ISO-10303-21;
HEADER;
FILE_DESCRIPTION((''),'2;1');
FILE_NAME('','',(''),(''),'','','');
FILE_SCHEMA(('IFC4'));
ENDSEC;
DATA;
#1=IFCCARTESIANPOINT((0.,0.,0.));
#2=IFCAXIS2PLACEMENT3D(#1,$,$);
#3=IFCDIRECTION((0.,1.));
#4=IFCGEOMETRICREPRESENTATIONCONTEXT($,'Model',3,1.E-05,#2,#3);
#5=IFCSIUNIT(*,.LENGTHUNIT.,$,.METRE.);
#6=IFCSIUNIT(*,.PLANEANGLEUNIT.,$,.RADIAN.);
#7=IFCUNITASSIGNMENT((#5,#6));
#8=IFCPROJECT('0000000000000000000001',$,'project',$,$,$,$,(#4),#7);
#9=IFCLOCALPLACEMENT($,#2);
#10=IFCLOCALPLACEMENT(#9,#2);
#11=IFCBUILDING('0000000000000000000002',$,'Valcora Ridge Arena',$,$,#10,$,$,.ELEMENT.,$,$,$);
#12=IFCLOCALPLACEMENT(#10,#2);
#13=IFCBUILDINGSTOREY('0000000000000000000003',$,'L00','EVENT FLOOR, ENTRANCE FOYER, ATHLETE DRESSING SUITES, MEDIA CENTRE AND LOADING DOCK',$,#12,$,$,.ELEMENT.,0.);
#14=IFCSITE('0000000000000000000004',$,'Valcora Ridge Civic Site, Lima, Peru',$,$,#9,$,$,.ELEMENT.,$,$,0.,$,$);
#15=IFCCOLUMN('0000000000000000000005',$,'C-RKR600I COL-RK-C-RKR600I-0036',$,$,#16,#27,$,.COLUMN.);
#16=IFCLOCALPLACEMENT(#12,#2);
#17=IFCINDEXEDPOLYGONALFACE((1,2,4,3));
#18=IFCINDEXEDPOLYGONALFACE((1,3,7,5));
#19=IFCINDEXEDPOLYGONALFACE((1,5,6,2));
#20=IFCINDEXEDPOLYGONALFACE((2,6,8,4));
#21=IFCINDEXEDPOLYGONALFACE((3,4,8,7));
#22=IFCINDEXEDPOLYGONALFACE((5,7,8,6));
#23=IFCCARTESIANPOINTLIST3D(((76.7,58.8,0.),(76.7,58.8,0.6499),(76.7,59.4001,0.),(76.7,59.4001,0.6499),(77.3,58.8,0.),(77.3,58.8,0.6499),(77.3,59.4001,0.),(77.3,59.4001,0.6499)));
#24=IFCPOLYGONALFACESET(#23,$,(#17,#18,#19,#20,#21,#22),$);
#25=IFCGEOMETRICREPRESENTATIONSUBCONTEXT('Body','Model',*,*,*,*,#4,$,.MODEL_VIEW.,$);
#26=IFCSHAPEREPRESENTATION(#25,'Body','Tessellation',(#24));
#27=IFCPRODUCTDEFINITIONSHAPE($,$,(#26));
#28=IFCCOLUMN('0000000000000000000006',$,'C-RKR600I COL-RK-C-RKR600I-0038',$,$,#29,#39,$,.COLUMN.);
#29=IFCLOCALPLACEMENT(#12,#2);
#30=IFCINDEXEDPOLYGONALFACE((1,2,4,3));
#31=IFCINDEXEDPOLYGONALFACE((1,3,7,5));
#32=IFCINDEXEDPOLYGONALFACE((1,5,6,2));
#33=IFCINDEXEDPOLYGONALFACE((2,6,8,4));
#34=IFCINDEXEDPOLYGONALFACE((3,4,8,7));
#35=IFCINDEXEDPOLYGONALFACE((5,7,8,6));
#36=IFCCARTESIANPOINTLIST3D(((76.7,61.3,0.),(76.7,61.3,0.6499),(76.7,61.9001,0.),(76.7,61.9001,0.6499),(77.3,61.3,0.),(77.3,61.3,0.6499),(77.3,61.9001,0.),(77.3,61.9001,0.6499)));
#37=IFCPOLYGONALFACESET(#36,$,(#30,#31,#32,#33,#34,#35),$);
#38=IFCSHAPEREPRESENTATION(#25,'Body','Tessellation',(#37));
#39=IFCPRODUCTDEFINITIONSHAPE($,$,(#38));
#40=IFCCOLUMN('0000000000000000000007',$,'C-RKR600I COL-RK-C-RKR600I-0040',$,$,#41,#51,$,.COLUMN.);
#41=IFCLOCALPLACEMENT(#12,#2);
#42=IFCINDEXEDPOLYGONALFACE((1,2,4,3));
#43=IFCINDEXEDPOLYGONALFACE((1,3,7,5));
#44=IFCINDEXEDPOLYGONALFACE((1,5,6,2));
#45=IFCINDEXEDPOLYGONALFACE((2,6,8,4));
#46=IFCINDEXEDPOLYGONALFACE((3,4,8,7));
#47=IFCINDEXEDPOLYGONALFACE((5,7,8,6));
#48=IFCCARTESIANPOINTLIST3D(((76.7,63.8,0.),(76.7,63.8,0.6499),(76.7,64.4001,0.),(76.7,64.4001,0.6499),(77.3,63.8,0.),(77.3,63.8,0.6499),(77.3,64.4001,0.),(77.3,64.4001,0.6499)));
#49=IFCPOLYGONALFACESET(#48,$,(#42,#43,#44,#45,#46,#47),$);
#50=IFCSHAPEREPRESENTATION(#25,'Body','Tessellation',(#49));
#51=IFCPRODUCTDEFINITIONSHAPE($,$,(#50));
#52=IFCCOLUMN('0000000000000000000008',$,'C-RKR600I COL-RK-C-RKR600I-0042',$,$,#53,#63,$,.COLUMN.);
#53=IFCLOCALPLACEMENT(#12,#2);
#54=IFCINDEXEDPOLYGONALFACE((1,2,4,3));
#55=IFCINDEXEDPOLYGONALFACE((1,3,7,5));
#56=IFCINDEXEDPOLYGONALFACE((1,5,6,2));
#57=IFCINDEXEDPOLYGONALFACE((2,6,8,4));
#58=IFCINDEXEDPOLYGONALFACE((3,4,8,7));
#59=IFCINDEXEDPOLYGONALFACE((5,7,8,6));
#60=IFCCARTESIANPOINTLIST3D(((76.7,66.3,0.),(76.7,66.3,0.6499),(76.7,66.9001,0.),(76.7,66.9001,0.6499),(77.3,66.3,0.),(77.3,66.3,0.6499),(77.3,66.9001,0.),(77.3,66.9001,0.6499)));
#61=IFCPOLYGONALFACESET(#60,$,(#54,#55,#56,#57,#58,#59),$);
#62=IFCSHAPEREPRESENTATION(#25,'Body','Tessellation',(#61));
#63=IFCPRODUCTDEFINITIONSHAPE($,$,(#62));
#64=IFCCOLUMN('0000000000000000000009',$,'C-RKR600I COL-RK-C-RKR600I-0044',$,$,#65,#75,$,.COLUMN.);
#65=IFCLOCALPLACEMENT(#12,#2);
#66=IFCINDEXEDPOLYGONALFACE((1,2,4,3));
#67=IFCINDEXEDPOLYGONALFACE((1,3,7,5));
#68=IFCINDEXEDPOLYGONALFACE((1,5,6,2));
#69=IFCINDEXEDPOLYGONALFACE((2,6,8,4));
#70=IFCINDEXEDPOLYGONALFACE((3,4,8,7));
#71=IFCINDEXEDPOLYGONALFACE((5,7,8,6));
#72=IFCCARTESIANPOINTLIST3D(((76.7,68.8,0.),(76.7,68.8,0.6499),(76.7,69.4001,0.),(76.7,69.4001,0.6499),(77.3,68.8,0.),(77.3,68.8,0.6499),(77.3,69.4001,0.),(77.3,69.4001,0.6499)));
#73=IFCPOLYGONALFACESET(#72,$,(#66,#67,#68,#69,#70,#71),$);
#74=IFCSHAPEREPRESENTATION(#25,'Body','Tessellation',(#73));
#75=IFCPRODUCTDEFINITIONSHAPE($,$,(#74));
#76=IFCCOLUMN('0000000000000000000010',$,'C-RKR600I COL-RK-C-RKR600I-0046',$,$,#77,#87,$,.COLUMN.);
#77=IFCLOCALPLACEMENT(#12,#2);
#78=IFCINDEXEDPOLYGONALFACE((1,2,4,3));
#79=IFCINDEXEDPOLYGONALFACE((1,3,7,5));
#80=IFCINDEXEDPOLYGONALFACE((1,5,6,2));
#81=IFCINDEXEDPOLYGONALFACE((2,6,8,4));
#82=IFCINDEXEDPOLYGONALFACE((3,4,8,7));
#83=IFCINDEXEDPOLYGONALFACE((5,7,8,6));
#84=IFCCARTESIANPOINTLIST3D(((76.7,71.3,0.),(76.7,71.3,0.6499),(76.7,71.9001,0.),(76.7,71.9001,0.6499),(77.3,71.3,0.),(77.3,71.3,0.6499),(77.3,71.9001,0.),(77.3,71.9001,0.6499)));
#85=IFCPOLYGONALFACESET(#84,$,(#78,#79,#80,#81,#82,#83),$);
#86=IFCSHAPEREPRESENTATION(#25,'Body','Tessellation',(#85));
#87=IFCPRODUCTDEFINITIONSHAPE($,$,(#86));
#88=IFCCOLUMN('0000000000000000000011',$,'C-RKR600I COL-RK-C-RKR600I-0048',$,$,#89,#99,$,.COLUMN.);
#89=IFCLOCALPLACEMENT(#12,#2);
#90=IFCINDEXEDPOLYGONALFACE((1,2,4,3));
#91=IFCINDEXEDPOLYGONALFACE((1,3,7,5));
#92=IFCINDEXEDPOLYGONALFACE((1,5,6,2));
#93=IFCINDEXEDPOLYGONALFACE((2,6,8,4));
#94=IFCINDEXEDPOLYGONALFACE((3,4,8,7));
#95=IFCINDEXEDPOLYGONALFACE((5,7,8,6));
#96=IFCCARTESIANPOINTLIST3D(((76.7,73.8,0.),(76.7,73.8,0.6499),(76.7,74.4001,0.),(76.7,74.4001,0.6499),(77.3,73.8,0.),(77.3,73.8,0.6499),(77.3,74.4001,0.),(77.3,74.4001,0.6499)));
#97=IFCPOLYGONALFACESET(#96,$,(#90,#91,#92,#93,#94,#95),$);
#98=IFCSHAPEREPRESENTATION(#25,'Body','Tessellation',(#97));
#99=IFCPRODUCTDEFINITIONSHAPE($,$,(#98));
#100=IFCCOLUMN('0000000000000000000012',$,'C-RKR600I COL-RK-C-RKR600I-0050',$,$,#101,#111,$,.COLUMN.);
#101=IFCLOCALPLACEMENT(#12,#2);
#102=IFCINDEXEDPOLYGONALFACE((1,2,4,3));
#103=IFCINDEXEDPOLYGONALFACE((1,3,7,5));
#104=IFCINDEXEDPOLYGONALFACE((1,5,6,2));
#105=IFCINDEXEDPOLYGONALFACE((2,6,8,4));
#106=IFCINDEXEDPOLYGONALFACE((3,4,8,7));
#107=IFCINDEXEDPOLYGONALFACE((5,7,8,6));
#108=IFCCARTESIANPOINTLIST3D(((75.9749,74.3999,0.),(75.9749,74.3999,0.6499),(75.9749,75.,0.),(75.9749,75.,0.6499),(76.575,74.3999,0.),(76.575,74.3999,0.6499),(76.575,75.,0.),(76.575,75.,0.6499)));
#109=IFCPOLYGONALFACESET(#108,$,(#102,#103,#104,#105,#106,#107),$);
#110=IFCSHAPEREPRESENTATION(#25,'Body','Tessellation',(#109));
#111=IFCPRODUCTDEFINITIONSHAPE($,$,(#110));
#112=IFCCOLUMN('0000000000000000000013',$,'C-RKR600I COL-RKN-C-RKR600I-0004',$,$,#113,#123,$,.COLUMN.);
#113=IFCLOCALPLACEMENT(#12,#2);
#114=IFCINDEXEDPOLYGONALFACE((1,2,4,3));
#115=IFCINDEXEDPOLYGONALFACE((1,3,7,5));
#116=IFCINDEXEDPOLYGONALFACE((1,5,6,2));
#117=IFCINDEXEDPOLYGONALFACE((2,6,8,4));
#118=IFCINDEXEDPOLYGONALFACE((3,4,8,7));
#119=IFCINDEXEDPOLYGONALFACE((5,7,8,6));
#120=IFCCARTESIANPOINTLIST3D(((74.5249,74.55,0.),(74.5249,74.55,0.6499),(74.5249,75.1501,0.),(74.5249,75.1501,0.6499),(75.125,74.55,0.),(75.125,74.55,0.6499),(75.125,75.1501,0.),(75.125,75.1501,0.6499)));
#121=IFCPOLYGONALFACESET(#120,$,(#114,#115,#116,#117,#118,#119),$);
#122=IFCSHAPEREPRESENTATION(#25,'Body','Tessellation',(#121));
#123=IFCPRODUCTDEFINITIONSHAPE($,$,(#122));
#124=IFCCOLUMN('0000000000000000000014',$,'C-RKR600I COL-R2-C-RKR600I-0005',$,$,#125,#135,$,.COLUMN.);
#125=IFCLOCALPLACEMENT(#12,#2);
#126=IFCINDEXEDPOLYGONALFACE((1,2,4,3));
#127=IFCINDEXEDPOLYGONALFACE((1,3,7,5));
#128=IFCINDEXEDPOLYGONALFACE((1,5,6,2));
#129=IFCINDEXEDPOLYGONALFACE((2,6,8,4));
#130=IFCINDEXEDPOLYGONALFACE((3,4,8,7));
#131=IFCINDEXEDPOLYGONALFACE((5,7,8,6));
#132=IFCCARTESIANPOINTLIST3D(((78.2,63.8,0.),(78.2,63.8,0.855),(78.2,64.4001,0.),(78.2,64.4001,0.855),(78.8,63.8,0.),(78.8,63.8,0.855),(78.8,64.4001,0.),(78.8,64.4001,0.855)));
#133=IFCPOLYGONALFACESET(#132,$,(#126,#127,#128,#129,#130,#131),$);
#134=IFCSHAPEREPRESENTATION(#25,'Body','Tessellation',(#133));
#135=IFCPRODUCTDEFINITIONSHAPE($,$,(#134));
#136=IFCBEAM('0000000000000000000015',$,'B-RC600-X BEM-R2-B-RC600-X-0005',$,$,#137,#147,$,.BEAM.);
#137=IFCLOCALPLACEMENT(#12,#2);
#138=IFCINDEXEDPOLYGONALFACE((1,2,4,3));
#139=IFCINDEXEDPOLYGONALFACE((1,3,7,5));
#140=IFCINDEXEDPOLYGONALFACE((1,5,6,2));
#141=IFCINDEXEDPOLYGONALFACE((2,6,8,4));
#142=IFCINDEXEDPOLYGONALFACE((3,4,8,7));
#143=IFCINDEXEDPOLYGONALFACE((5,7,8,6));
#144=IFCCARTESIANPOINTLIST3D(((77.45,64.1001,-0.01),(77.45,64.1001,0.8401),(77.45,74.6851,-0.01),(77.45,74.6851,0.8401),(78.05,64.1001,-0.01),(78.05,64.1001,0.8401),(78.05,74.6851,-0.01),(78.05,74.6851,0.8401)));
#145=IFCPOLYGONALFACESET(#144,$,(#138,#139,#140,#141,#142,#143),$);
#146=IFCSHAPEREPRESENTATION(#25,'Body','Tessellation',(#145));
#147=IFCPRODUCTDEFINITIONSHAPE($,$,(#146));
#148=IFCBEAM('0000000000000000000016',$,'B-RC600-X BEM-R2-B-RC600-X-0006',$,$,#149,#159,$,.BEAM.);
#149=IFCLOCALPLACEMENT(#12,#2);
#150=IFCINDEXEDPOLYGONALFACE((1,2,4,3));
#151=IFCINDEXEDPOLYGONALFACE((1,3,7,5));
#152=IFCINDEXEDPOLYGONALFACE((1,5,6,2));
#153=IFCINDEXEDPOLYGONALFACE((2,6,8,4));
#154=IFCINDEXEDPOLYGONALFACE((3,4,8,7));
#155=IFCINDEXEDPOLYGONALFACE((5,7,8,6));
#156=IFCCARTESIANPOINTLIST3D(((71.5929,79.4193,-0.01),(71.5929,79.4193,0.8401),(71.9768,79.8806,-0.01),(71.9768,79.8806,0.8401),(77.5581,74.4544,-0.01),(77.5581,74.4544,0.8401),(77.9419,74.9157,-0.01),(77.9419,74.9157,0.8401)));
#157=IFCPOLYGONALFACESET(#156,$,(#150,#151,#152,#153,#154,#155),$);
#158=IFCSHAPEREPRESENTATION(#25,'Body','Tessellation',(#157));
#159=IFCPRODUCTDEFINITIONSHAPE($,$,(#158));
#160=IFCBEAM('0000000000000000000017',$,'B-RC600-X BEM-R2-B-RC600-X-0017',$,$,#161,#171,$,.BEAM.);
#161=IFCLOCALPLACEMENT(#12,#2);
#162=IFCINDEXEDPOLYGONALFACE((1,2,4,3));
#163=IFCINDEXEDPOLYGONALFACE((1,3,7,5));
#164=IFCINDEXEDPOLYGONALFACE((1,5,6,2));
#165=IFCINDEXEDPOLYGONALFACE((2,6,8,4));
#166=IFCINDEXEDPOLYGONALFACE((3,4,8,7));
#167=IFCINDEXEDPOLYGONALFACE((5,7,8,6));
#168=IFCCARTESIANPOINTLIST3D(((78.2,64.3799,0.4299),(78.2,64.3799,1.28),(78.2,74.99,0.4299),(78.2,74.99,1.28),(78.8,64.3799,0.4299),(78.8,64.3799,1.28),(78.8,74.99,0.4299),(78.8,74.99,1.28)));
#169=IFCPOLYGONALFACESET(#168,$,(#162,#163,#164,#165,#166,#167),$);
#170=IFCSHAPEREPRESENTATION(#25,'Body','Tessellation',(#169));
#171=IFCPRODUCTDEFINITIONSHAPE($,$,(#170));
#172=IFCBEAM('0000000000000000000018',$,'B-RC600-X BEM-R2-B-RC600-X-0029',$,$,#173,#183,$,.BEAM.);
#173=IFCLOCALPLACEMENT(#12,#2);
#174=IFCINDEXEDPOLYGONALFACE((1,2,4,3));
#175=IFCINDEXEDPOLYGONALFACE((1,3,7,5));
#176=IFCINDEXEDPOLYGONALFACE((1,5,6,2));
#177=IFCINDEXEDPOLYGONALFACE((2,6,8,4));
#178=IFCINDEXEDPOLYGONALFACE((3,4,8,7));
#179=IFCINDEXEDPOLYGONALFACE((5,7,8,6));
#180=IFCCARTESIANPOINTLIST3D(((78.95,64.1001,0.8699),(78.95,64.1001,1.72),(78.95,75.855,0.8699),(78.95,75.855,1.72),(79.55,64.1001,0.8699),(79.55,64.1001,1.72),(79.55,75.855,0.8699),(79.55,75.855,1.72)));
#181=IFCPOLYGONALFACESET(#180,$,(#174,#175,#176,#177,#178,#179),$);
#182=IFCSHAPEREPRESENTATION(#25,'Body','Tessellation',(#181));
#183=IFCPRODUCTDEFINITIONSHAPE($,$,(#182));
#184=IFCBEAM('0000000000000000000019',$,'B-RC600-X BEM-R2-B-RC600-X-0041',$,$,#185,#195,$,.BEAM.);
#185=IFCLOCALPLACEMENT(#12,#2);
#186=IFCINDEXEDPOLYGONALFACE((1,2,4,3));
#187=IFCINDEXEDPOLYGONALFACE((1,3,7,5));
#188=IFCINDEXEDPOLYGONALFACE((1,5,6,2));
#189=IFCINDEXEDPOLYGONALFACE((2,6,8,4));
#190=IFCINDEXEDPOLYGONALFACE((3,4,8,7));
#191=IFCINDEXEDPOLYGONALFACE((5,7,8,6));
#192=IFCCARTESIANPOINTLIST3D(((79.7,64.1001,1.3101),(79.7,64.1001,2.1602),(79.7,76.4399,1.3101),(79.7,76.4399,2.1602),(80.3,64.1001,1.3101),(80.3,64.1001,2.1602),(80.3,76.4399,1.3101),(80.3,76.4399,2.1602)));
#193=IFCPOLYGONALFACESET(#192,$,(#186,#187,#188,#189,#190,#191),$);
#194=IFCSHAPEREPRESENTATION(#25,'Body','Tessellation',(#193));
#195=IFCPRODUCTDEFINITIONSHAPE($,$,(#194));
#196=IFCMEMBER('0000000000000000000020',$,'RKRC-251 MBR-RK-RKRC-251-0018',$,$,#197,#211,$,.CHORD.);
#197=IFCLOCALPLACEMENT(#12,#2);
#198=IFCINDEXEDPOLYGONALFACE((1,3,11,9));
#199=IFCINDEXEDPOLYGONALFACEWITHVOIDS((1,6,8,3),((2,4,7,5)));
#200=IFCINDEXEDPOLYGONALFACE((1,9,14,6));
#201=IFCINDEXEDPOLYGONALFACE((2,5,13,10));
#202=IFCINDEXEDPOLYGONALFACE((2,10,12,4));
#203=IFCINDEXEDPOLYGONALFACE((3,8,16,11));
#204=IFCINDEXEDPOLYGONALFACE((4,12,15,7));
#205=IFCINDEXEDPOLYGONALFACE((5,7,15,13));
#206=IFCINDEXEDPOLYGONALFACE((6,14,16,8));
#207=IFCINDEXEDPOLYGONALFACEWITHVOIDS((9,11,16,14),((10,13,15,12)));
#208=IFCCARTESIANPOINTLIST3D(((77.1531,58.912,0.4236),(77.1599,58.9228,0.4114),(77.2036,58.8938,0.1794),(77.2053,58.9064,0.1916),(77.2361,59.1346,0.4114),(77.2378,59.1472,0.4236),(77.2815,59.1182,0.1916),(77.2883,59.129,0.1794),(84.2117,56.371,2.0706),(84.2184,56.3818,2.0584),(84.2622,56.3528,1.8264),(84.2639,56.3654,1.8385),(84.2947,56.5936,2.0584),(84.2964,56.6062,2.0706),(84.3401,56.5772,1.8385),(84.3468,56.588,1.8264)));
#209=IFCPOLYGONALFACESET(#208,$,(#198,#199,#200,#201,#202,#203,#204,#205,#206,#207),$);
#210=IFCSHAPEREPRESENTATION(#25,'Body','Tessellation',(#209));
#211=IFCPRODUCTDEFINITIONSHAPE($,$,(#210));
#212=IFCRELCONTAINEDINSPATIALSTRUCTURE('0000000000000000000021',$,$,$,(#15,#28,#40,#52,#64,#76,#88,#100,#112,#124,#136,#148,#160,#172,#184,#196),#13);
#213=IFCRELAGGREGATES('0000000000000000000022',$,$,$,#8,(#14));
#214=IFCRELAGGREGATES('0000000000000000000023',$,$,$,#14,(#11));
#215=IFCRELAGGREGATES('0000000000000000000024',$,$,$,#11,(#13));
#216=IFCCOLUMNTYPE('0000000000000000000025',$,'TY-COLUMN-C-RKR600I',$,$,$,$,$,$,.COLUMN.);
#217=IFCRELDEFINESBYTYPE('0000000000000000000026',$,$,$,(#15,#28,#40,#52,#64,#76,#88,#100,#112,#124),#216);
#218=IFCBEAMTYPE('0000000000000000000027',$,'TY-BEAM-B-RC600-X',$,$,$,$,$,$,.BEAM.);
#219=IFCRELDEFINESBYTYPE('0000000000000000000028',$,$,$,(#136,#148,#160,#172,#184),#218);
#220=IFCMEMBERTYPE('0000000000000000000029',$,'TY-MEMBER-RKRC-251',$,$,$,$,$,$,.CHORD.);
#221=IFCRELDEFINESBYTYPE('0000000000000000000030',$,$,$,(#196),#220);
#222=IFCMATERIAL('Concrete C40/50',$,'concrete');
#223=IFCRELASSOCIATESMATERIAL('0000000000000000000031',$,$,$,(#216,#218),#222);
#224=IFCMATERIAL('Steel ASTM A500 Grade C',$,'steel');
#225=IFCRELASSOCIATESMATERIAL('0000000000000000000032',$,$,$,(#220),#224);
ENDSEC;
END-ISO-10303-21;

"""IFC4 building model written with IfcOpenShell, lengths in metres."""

from ifc_helpers import new_model, si_unit, direction, frame, origin, origin_2d, place, context, subcontext, project, spatial, rectangle, hollow_rectangle, extrude, material, material_profile, profile_set, type_object, element, save


model = new_model("IFC4")

# Units and contexts
model_context = context("Model", 3, precision=1e-05, world=origin(), true_north=direction((0.0, 1.0)))
body_context = subcontext(model_context, "Body", "Model", "MODEL_VIEW")
ifc_project = project(units=[si_unit("LENGTHUNIT", "METRE"), si_unit("PLANEANGLEUNIT", "RADIAN")], contexts=[model_context])

# Site, building, storey
site_placement = place(None, origin())
site = spatial("IfcSite", under=ifc_project, at=site_placement, Name="Valcora Ridge Civic Site, Lima, Peru", CompositionType="ELEMENT", RefElevation=0.0)
building_placement = place(site_placement, origin())
building = spatial("IfcBuilding", under=site, at=building_placement, Name="Valcora Ridge Arena", CompositionType="ELEMENT")
storey_placement = place(building_placement, origin())
storey = spatial("IfcBuildingStorey", under=building, at=storey_placement, Name="L00", Description="EVENT FLOOR, ENTRANCE FOYER, ATHLETE DRESSING SUITES, MEDIA CENTRE AND LOADING DOCK", CompositionType="ELEMENT", Elevation=0.0)

# Columns
ifc_material_1 = material(Name="Concrete C40/50", Category="concrete")
ifc_material_profile_1 = material_profile(ifc_material_1, rectangle(XDim=0.6001, YDim=0.6001, at=origin_2d()), Name="RC 600x600")
ifc_profile_set_1 = profile_set([ifc_material_profile_1], Name="Concrete C40/50")
column_type = type_object("IfcColumnType", Name="TY-COLUMN-C-RKR600I", PredefinedType="COLUMN", material=ifc_profile_set_1)
for number, where, z_axis, x_axis, name in (
    (1, (77.0, 59.1001, 0.0), (0.0, 0.0, 1.0), (1.0, 0.0, 0.0), "C-RKR600I COL-RK-C-RKR600I-0036"),
    (2, (77.0, 61.6001, 0.0), (0.0, 0.0, 1.0), (1.0, 0.0, 0.0), "C-RKR600I COL-RK-C-RKR600I-0038"),
    (3, (77.0, 64.1001, 0.0), (0.0, 0.0, 1.0), (1.0, 0.0, 0.0), "C-RKR600I COL-RK-C-RKR600I-0040"),
    (4, (77.0, 66.6001, 0.0), (0.0, 0.0, 1.0), (1.0, 0.0, 0.0), "C-RKR600I COL-RK-C-RKR600I-0042"),
    (5, (77.0, 69.1001, 0.0), (0.0, 0.0, 1.0), (1.0, 0.0, 0.0), "C-RKR600I COL-RK-C-RKR600I-0044"),
    (6, (77.0, 71.6001, 0.0), (0.0, 0.0, 1.0), (1.0, 0.0, 0.0), "C-RKR600I COL-RK-C-RKR600I-0046"),
    (7, (77.0, 74.1001, 0.0), (0.0, 0.0, 1.0), (1.0, 0.0, 0.0), "C-RKR600I COL-RK-C-RKR600I-0048"),
    (8, (76.2749, 74.7, 0.0), (0.0, 0.0, 1.0), (1.0, 0.0, 0.0), "C-RKR600I COL-RK-C-RKR600I-0050"),
    (9, (74.825, 74.8501, 0.0), (0.0, 0.0, 1.0), (1.0, 0.0, 0.0), "C-RKR600I COL-RKN-C-RKR600I-0004"),
):
    element("IfcColumn", number, at=place(storey_placement, frame(where, z_axis=z_axis, x_axis=x_axis)), inside=storey, type_object=column_type, Name=name, PredefinedType="COLUMN", context=body_context, shape_type="SweptSolid", body=[
        extrude(rectangle(XDim=0.6001, YDim=0.6001, at=origin_2d()), origin(), (0.0, 0.0, 1.0), 0.6499),
    ])
column_placement = place(storey_placement, frame((78.5, 64.1001, 0.0), z_axis=(0.0, 0.0, 1.0), x_axis=(1.0, 0.0, 0.0)))
element("IfcColumn", 10, at=column_placement, inside=storey, type_object=column_type, Name="C-RKR600I COL-R2-C-RKR600I-0005", PredefinedType="COLUMN", context=body_context, shape_type="SweptSolid", body=[
    extrude(rectangle(XDim=0.6001, YDim=0.6001, at=origin_2d()), origin(), (0.0, 0.0, 1.0), 0.855),
])

# Beams
ifc_material_profile_2 = material_profile(ifc_material_1, rectangle(XDim=0.6001, YDim=0.8501, at=origin_2d()), Name="RC 600x850")
ifc_profile_set_2 = profile_set([ifc_material_profile_2], Name="Concrete C40/50")
beam_type = type_object("IfcBeamType", Name="TY-BEAM-B-RC600-X", PredefinedType="BEAM", material=ifc_profile_set_2)
beam_1_placement = place(storey_placement, frame((77.75, 64.1001, 0.415), z_axis=(0.0, 1.0, 0.0), x_axis=(-1.0, 0.0, 0.0)))
element("IfcBeam", 11, at=beam_1_placement, inside=storey, type_object=beam_type, Name="B-RC600-X BEM-R2-B-RC600-X-0005", PredefinedType="BEAM", context=body_context, shape_type="SweptSolid", body=[
    extrude(rectangle(XDim=0.6001, YDim=0.8501, at=origin_2d()), origin(), (0.0, 0.0, 1.0), 10.585),
])
beam_2_placement = place(storey_placement, frame((77.75, 74.6851, 0.415), z_axis=(-0.768605, 0.639723, 0.0), x_axis=(-0.639723, -0.768605, 0.0)))
element("IfcBeam", 12, at=beam_2_placement, inside=storey, type_object=beam_type, Name="B-RC600-X BEM-R2-B-RC600-X-0006", PredefinedType="BEAM", context=body_context, shape_type="SweptSolid", body=[
    extrude(rectangle(XDim=0.6001, YDim=0.8501, at=origin_2d()), origin(), (0.0, 0.0, 1.0), 7.761),
])
beam_3_placement = place(storey_placement, frame((78.5, 64.3799, 0.855), z_axis=(0.0, 1.0, 0.0), x_axis=(-1.0, 0.0, 0.0)))
element("IfcBeam", 13, at=beam_3_placement, inside=storey, type_object=beam_type, Name="B-RC600-X BEM-R2-B-RC600-X-0017", PredefinedType="BEAM", context=body_context, shape_type="SweptSolid", body=[
    extrude(rectangle(XDim=0.6001, YDim=0.8501, at=origin_2d()), origin(), (0.0, 0.0, 1.0), 10.6101),
])
beam_4_placement = place(storey_placement, frame((79.25, 64.1001, 1.2949), z_axis=(0.0, 1.0, 0.0), x_axis=(-1.0, 0.0, 0.0)))
element("IfcBeam", 14, at=beam_4_placement, inside=storey, type_object=beam_type, Name="B-RC600-X BEM-R2-B-RC600-X-0029", PredefinedType="BEAM", context=body_context, shape_type="SweptSolid", body=[
    extrude(rectangle(XDim=0.6001, YDim=0.8501, at=origin_2d()), origin(), (0.0, 0.0, 1.0), 11.7549),
])
beam_5_placement = place(storey_placement, frame((80.0, 64.1001, 1.7351), z_axis=(0.0, 1.0, 0.0), x_axis=(-1.0, 0.0, 0.0)))
element("IfcBeam", 15, at=beam_5_placement, inside=storey, type_object=beam_type, Name="B-RC600-X BEM-R2-B-RC600-X-0041", PredefinedType="BEAM", context=body_context, shape_type="SweptSolid", body=[
    extrude(rectangle(XDim=0.6001, YDim=0.8501, at=origin_2d()), origin(), (0.0, 0.0, 1.0), 12.3398),
])

# Member
ifc_material_2 = material(Name="Steel ASTM A500 Grade C", Category="steel")
ifc_material_profile_3 = material_profile(ifc_material_2, hollow_rectangle(XDim=0.25, YDim=0.25, WallThickness=0.0125, at=origin_2d()), Name="HSS250X250X12")
ifc_profile_set_3 = profile_set([ifc_material_profile_3], Name="Steel ASTM A500 Grade C")
member_type_1 = type_object("IfcMemberType", Name="TY-MEMBER-RKRC-251", PredefinedType="CHORD", material=ifc_profile_set_3)
member_1_placement = place(storey_placement, frame((77.2207, 59.0205, 0.3015), z_axis=(0.919005, -0.330832, 0.21443), x_axis=(0.33871, 0.940891, 0.0)))
element("IfcMember", 16, at=member_1_placement, inside=storey, type_object=member_type_1, Name="RKRC-251 MBR-RK-RKRC-251-0018", PredefinedType="CHORD", context=body_context, shape_type="SweptSolid", body=[
    extrude(hollow_rectangle(XDim=0.25, YDim=0.25, WallThickness=0.0125, at=origin_2d()), origin(), (0.0, 0.0, 1.0), 7.6807),
])

save(model, "model.ifc")
